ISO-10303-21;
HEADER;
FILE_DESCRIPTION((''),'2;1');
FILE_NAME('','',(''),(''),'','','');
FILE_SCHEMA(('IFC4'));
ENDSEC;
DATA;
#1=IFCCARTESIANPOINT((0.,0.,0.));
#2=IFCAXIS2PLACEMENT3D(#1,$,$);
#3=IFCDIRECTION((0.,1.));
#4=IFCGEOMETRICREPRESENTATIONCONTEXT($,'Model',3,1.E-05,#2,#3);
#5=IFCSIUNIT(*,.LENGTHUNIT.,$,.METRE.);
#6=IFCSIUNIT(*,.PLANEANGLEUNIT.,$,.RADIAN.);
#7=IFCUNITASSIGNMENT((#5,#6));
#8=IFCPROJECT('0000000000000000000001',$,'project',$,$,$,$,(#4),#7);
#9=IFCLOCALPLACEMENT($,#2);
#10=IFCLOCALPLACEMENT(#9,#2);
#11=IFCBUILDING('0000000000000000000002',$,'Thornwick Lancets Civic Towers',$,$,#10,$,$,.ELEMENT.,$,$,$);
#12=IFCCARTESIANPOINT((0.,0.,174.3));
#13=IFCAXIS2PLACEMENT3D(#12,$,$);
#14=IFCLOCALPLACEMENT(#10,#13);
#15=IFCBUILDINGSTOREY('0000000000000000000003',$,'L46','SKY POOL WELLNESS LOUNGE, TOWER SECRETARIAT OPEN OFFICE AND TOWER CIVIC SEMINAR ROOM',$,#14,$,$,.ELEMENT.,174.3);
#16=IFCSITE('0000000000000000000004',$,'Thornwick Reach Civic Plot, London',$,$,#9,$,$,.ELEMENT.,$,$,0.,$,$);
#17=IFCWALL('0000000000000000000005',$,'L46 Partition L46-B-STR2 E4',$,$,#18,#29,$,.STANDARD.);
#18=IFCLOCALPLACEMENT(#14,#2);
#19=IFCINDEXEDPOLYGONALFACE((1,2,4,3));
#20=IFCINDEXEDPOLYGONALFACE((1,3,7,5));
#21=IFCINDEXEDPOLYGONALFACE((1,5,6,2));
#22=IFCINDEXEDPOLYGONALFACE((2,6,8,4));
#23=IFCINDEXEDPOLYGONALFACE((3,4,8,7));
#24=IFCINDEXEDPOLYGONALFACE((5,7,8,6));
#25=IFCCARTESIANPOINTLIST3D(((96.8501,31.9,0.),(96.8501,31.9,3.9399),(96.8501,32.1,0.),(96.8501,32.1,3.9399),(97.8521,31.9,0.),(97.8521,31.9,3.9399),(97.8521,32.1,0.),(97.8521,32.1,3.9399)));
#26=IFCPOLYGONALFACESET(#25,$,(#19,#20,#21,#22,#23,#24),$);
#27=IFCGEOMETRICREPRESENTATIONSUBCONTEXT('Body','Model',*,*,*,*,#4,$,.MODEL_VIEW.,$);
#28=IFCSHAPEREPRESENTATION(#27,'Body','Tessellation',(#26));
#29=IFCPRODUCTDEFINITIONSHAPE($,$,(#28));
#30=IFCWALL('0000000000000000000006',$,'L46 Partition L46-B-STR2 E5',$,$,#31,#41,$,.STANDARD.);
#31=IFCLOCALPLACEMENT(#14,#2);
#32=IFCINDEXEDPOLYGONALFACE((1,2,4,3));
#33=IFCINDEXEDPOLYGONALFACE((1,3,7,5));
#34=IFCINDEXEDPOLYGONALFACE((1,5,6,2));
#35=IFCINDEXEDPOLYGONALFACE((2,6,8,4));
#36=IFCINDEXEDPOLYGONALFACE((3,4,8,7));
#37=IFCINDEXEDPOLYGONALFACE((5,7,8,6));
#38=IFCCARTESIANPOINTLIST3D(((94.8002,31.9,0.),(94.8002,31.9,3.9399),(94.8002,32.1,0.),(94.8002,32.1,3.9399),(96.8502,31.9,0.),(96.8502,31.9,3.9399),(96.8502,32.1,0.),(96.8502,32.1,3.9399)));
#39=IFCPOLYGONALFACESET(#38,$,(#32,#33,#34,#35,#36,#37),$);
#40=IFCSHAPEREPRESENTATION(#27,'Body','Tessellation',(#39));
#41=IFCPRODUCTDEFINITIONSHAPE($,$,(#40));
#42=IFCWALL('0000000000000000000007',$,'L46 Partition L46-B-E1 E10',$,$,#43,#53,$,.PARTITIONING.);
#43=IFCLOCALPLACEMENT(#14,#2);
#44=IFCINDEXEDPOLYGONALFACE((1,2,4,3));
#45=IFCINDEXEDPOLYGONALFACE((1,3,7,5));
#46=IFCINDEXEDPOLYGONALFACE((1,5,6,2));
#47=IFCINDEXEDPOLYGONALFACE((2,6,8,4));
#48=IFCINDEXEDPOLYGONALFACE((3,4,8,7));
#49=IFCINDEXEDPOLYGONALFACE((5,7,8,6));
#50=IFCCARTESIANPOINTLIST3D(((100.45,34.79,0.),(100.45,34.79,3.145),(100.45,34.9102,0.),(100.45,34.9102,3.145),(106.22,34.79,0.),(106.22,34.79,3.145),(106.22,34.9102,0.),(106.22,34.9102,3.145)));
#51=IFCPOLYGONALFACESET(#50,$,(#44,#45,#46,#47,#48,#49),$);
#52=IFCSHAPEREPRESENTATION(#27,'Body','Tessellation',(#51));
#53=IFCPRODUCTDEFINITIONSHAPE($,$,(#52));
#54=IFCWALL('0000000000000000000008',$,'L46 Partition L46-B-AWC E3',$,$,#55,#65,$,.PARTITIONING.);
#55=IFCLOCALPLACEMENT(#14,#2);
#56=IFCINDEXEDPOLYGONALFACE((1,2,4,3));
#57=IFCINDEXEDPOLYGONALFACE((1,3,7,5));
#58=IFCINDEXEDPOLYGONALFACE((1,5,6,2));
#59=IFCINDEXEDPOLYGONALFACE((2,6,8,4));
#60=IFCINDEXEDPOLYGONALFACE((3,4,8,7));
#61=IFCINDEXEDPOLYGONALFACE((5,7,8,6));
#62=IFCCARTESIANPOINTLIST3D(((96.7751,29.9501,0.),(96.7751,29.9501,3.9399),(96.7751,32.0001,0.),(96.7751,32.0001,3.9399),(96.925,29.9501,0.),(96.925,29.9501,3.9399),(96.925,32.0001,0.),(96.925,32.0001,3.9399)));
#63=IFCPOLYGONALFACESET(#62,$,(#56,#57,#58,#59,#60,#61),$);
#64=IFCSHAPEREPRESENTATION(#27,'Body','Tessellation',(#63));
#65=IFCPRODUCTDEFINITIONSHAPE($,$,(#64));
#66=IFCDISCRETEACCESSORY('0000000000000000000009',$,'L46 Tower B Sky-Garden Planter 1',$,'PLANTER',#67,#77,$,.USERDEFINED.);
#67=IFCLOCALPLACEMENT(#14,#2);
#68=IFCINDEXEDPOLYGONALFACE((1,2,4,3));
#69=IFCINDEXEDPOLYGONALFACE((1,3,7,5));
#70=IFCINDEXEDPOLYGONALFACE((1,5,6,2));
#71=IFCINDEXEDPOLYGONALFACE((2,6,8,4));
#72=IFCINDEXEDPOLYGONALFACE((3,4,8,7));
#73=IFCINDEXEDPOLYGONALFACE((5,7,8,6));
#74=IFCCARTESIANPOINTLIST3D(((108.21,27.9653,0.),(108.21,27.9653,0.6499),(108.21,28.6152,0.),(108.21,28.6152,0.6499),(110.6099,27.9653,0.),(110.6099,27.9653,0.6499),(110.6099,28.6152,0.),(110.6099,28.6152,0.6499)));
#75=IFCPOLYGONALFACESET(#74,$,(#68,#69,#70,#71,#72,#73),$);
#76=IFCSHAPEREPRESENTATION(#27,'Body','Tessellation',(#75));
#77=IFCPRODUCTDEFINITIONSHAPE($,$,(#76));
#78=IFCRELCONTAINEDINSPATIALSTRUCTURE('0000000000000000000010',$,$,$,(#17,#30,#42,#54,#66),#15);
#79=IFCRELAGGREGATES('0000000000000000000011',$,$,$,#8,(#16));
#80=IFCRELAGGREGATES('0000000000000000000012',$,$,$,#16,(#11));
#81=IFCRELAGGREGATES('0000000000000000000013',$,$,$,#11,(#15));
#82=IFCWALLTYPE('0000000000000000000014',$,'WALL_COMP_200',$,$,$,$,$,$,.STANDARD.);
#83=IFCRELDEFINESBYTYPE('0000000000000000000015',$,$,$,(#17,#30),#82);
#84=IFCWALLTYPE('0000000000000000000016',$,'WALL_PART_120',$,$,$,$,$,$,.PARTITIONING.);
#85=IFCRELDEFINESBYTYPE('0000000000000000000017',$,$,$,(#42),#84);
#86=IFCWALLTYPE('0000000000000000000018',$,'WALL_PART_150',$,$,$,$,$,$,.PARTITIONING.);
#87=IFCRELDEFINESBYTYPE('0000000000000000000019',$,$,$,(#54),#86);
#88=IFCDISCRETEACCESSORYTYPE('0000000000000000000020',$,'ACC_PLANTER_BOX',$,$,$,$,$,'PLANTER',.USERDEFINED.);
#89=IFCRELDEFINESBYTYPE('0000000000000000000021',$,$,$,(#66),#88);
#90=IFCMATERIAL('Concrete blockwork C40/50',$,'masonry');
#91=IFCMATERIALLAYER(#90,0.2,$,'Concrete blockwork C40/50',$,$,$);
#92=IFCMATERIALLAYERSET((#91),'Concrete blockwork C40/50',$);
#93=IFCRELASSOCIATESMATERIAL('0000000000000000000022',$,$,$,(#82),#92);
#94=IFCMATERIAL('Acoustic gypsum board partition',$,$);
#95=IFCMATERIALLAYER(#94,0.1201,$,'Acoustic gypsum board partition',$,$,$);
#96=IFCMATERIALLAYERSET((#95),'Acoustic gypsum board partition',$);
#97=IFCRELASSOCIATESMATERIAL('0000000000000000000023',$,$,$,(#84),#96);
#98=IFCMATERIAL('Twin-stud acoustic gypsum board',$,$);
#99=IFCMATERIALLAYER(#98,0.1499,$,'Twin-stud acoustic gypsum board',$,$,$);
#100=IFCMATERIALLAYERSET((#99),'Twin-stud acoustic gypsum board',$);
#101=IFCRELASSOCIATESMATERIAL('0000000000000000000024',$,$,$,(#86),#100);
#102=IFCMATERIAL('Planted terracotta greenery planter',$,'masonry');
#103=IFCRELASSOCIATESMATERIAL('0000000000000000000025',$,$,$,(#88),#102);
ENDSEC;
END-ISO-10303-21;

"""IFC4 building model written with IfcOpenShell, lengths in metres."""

from ifc_helpers import new_model, si_unit, direction, frame, frame_2d, origin, origin_2d, place, context, subcontext, project, spatial, rectangle, extrude, material, layer, layer_set, type_object, element, save


model = new_model("IFC4")

# Units and contexts
model_context = context("Model", 3, precision=1e-05, world=origin(), true_north=direction((0.0, 1.0)))
body_context = subcontext(model_context, "Body", "Model", "MODEL_VIEW")
ifc_project = project(units=[si_unit("LENGTHUNIT", "METRE"), si_unit("PLANEANGLEUNIT", "RADIAN")], contexts=[model_context])

# Site, building, storey
site_placement = place(None, origin())
site = spatial("IfcSite", under=ifc_project, at=site_placement, Name="Thornwick Reach Civic Plot, London", CompositionType="ELEMENT", RefElevation=0.0)
building_placement = place(site_placement, origin())
building = spatial("IfcBuilding", under=site, at=building_placement, Name="Thornwick Lancets Civic Towers", CompositionType="ELEMENT")
storey_placement = place(building_placement, frame((0.0, 0.0, 174.3)))
storey = spatial("IfcBuildingStorey", under=building, at=storey_placement, Name="L46", Description="SKY POOL WELLNESS LOUNGE, TOWER SECRETARIAT OPEN OFFICE AND TOWER CIVIC SEMINAR ROOM", CompositionType="ELEMENT", Elevation=174.3)

# Shared definitions
ifc_material_1 = material(Name="Concrete blockwork C40/50", Category="masonry")
ifc_layer_1 = layer(ifc_material_1, 0.2, Name="Concrete blockwork C40/50")
ifc_layer_set_1 = layer_set([ifc_layer_1], Name="Concrete blockwork C40/50")
wall_type_1 = type_object("IfcWallType", Name="WALL_COMP_200", PredefinedType="STANDARD", material=ifc_layer_set_1)

# Walls
wall_1_placement = place(storey_placement, frame((97.8521, 32.0, 0.0), z_axis=(0.0, 0.0, 1.0), x_axis=(-1.0, 0.0, 0.0)))
element("IfcWall", 1, at=wall_1_placement, inside=storey, type_object=wall_type_1, Name="L46 Partition L46-B-STR2 E4", PredefinedType="STANDARD", context=body_context, shape_type="SweptSolid", body=[
    extrude(rectangle(XDim=1.002, YDim=0.2, at=frame_2d((0.501, 0.0))), origin(), (0.0, 0.0, 1.0), 3.9399),
])
wall_2_placement = place(storey_placement, frame((96.8501, 32.0, 0.0), z_axis=(0.0, 0.0, 1.0), x_axis=(-1.0, 0.0, 0.0)))
element("IfcWall", 2, at=wall_2_placement, inside=storey, type_object=wall_type_1, Name="L46 Partition L46-B-STR2 E5", PredefinedType="STANDARD", context=body_context, shape_type="SweptSolid", body=[
    extrude(rectangle(XDim=2.05, YDim=0.2, at=frame_2d((1.0249, 0.0))), origin(), (0.0, 0.0, 1.0), 3.9399),
])
ifc_material_2 = material(Name="Acoustic gypsum board partition")
ifc_layer_2 = layer(ifc_material_2, 0.1201, Name="Acoustic gypsum board partition")
ifc_layer_set_2 = layer_set([ifc_layer_2], Name="Acoustic gypsum board partition")
wall_type_2 = type_object("IfcWallType", Name="WALL_PART_120", PredefinedType="PARTITIONING", material=ifc_layer_set_2)
wall_3_placement = place(storey_placement, frame((106.22, 34.8501, 0.0), z_axis=(0.0, 0.0, 1.0), x_axis=(-1.0, 0.0, 0.0)))
element("IfcWall", 3, at=wall_3_placement, inside=storey, type_object=wall_type_2, Name="L46 Partition L46-B-E1 E10", PredefinedType="PARTITIONING", context=body_context, shape_type="SweptSolid", body=[
    extrude(rectangle(XDim=5.77, YDim=0.1201, at=frame_2d((2.885, 0.0))), origin(), (0.0, 0.0, 1.0), 3.145),
])
ifc_material_3 = material(Name="Twin-stud acoustic gypsum board")
ifc_layer_3 = layer(ifc_material_3, 0.1499, Name="Twin-stud acoustic gypsum board")
ifc_layer_set_3 = layer_set([ifc_layer_3], Name="Twin-stud acoustic gypsum board")
wall_type_3 = type_object("IfcWallType", Name="WALL_PART_150", PredefinedType="PARTITIONING", material=ifc_layer_set_3)
wall_4_placement = place(storey_placement, frame((96.8501, 32.0, 0.0), z_axis=(0.0, 0.0, 1.0), x_axis=(0.0, -1.0, 0.0)))
element("IfcWall", 4, at=wall_4_placement, inside=storey, type_object=wall_type_3, Name="L46 Partition L46-B-AWC E3", PredefinedType="PARTITIONING", context=body_context, shape_type="SweptSolid", body=[
    extrude(rectangle(XDim=2.05, YDim=0.1499, at=frame_2d((1.0249, 0.0))), origin(), (0.0, 0.0, 1.0), 3.9399),
])

# Discrete accessory
ifc_material_4 = material(Name="Planted terracotta greenery planter", Category="masonry")
discrete_accessory_type = type_object("IfcDiscreteAccessoryType", Name="ACC_PLANTER_BOX", ElementType="PLANTER", PredefinedType="USERDEFINED", material=ifc_material_4)
discrete_accessory_placement = place(storey_placement, frame((109.4099, 28.2903, 0.0), z_axis=(0.0, 0.0, 1.0), x_axis=(1.0, 0.0, 0.0)))
element("IfcDiscreteAccessory", 5, at=discrete_accessory_placement, inside=storey, type_object=discrete_accessory_type, Name="L46 Tower B Sky-Garden Planter 1", ObjectType="PLANTER", PredefinedType="USERDEFINED", context=body_context, shape_type="SweptSolid", body=[
    extrude(rectangle(XDim=2.3999, YDim=0.6499, at=origin_2d()), origin(), (0.0, 0.0, 1.0), 0.6499),
])

save(model, "model.ifc")
